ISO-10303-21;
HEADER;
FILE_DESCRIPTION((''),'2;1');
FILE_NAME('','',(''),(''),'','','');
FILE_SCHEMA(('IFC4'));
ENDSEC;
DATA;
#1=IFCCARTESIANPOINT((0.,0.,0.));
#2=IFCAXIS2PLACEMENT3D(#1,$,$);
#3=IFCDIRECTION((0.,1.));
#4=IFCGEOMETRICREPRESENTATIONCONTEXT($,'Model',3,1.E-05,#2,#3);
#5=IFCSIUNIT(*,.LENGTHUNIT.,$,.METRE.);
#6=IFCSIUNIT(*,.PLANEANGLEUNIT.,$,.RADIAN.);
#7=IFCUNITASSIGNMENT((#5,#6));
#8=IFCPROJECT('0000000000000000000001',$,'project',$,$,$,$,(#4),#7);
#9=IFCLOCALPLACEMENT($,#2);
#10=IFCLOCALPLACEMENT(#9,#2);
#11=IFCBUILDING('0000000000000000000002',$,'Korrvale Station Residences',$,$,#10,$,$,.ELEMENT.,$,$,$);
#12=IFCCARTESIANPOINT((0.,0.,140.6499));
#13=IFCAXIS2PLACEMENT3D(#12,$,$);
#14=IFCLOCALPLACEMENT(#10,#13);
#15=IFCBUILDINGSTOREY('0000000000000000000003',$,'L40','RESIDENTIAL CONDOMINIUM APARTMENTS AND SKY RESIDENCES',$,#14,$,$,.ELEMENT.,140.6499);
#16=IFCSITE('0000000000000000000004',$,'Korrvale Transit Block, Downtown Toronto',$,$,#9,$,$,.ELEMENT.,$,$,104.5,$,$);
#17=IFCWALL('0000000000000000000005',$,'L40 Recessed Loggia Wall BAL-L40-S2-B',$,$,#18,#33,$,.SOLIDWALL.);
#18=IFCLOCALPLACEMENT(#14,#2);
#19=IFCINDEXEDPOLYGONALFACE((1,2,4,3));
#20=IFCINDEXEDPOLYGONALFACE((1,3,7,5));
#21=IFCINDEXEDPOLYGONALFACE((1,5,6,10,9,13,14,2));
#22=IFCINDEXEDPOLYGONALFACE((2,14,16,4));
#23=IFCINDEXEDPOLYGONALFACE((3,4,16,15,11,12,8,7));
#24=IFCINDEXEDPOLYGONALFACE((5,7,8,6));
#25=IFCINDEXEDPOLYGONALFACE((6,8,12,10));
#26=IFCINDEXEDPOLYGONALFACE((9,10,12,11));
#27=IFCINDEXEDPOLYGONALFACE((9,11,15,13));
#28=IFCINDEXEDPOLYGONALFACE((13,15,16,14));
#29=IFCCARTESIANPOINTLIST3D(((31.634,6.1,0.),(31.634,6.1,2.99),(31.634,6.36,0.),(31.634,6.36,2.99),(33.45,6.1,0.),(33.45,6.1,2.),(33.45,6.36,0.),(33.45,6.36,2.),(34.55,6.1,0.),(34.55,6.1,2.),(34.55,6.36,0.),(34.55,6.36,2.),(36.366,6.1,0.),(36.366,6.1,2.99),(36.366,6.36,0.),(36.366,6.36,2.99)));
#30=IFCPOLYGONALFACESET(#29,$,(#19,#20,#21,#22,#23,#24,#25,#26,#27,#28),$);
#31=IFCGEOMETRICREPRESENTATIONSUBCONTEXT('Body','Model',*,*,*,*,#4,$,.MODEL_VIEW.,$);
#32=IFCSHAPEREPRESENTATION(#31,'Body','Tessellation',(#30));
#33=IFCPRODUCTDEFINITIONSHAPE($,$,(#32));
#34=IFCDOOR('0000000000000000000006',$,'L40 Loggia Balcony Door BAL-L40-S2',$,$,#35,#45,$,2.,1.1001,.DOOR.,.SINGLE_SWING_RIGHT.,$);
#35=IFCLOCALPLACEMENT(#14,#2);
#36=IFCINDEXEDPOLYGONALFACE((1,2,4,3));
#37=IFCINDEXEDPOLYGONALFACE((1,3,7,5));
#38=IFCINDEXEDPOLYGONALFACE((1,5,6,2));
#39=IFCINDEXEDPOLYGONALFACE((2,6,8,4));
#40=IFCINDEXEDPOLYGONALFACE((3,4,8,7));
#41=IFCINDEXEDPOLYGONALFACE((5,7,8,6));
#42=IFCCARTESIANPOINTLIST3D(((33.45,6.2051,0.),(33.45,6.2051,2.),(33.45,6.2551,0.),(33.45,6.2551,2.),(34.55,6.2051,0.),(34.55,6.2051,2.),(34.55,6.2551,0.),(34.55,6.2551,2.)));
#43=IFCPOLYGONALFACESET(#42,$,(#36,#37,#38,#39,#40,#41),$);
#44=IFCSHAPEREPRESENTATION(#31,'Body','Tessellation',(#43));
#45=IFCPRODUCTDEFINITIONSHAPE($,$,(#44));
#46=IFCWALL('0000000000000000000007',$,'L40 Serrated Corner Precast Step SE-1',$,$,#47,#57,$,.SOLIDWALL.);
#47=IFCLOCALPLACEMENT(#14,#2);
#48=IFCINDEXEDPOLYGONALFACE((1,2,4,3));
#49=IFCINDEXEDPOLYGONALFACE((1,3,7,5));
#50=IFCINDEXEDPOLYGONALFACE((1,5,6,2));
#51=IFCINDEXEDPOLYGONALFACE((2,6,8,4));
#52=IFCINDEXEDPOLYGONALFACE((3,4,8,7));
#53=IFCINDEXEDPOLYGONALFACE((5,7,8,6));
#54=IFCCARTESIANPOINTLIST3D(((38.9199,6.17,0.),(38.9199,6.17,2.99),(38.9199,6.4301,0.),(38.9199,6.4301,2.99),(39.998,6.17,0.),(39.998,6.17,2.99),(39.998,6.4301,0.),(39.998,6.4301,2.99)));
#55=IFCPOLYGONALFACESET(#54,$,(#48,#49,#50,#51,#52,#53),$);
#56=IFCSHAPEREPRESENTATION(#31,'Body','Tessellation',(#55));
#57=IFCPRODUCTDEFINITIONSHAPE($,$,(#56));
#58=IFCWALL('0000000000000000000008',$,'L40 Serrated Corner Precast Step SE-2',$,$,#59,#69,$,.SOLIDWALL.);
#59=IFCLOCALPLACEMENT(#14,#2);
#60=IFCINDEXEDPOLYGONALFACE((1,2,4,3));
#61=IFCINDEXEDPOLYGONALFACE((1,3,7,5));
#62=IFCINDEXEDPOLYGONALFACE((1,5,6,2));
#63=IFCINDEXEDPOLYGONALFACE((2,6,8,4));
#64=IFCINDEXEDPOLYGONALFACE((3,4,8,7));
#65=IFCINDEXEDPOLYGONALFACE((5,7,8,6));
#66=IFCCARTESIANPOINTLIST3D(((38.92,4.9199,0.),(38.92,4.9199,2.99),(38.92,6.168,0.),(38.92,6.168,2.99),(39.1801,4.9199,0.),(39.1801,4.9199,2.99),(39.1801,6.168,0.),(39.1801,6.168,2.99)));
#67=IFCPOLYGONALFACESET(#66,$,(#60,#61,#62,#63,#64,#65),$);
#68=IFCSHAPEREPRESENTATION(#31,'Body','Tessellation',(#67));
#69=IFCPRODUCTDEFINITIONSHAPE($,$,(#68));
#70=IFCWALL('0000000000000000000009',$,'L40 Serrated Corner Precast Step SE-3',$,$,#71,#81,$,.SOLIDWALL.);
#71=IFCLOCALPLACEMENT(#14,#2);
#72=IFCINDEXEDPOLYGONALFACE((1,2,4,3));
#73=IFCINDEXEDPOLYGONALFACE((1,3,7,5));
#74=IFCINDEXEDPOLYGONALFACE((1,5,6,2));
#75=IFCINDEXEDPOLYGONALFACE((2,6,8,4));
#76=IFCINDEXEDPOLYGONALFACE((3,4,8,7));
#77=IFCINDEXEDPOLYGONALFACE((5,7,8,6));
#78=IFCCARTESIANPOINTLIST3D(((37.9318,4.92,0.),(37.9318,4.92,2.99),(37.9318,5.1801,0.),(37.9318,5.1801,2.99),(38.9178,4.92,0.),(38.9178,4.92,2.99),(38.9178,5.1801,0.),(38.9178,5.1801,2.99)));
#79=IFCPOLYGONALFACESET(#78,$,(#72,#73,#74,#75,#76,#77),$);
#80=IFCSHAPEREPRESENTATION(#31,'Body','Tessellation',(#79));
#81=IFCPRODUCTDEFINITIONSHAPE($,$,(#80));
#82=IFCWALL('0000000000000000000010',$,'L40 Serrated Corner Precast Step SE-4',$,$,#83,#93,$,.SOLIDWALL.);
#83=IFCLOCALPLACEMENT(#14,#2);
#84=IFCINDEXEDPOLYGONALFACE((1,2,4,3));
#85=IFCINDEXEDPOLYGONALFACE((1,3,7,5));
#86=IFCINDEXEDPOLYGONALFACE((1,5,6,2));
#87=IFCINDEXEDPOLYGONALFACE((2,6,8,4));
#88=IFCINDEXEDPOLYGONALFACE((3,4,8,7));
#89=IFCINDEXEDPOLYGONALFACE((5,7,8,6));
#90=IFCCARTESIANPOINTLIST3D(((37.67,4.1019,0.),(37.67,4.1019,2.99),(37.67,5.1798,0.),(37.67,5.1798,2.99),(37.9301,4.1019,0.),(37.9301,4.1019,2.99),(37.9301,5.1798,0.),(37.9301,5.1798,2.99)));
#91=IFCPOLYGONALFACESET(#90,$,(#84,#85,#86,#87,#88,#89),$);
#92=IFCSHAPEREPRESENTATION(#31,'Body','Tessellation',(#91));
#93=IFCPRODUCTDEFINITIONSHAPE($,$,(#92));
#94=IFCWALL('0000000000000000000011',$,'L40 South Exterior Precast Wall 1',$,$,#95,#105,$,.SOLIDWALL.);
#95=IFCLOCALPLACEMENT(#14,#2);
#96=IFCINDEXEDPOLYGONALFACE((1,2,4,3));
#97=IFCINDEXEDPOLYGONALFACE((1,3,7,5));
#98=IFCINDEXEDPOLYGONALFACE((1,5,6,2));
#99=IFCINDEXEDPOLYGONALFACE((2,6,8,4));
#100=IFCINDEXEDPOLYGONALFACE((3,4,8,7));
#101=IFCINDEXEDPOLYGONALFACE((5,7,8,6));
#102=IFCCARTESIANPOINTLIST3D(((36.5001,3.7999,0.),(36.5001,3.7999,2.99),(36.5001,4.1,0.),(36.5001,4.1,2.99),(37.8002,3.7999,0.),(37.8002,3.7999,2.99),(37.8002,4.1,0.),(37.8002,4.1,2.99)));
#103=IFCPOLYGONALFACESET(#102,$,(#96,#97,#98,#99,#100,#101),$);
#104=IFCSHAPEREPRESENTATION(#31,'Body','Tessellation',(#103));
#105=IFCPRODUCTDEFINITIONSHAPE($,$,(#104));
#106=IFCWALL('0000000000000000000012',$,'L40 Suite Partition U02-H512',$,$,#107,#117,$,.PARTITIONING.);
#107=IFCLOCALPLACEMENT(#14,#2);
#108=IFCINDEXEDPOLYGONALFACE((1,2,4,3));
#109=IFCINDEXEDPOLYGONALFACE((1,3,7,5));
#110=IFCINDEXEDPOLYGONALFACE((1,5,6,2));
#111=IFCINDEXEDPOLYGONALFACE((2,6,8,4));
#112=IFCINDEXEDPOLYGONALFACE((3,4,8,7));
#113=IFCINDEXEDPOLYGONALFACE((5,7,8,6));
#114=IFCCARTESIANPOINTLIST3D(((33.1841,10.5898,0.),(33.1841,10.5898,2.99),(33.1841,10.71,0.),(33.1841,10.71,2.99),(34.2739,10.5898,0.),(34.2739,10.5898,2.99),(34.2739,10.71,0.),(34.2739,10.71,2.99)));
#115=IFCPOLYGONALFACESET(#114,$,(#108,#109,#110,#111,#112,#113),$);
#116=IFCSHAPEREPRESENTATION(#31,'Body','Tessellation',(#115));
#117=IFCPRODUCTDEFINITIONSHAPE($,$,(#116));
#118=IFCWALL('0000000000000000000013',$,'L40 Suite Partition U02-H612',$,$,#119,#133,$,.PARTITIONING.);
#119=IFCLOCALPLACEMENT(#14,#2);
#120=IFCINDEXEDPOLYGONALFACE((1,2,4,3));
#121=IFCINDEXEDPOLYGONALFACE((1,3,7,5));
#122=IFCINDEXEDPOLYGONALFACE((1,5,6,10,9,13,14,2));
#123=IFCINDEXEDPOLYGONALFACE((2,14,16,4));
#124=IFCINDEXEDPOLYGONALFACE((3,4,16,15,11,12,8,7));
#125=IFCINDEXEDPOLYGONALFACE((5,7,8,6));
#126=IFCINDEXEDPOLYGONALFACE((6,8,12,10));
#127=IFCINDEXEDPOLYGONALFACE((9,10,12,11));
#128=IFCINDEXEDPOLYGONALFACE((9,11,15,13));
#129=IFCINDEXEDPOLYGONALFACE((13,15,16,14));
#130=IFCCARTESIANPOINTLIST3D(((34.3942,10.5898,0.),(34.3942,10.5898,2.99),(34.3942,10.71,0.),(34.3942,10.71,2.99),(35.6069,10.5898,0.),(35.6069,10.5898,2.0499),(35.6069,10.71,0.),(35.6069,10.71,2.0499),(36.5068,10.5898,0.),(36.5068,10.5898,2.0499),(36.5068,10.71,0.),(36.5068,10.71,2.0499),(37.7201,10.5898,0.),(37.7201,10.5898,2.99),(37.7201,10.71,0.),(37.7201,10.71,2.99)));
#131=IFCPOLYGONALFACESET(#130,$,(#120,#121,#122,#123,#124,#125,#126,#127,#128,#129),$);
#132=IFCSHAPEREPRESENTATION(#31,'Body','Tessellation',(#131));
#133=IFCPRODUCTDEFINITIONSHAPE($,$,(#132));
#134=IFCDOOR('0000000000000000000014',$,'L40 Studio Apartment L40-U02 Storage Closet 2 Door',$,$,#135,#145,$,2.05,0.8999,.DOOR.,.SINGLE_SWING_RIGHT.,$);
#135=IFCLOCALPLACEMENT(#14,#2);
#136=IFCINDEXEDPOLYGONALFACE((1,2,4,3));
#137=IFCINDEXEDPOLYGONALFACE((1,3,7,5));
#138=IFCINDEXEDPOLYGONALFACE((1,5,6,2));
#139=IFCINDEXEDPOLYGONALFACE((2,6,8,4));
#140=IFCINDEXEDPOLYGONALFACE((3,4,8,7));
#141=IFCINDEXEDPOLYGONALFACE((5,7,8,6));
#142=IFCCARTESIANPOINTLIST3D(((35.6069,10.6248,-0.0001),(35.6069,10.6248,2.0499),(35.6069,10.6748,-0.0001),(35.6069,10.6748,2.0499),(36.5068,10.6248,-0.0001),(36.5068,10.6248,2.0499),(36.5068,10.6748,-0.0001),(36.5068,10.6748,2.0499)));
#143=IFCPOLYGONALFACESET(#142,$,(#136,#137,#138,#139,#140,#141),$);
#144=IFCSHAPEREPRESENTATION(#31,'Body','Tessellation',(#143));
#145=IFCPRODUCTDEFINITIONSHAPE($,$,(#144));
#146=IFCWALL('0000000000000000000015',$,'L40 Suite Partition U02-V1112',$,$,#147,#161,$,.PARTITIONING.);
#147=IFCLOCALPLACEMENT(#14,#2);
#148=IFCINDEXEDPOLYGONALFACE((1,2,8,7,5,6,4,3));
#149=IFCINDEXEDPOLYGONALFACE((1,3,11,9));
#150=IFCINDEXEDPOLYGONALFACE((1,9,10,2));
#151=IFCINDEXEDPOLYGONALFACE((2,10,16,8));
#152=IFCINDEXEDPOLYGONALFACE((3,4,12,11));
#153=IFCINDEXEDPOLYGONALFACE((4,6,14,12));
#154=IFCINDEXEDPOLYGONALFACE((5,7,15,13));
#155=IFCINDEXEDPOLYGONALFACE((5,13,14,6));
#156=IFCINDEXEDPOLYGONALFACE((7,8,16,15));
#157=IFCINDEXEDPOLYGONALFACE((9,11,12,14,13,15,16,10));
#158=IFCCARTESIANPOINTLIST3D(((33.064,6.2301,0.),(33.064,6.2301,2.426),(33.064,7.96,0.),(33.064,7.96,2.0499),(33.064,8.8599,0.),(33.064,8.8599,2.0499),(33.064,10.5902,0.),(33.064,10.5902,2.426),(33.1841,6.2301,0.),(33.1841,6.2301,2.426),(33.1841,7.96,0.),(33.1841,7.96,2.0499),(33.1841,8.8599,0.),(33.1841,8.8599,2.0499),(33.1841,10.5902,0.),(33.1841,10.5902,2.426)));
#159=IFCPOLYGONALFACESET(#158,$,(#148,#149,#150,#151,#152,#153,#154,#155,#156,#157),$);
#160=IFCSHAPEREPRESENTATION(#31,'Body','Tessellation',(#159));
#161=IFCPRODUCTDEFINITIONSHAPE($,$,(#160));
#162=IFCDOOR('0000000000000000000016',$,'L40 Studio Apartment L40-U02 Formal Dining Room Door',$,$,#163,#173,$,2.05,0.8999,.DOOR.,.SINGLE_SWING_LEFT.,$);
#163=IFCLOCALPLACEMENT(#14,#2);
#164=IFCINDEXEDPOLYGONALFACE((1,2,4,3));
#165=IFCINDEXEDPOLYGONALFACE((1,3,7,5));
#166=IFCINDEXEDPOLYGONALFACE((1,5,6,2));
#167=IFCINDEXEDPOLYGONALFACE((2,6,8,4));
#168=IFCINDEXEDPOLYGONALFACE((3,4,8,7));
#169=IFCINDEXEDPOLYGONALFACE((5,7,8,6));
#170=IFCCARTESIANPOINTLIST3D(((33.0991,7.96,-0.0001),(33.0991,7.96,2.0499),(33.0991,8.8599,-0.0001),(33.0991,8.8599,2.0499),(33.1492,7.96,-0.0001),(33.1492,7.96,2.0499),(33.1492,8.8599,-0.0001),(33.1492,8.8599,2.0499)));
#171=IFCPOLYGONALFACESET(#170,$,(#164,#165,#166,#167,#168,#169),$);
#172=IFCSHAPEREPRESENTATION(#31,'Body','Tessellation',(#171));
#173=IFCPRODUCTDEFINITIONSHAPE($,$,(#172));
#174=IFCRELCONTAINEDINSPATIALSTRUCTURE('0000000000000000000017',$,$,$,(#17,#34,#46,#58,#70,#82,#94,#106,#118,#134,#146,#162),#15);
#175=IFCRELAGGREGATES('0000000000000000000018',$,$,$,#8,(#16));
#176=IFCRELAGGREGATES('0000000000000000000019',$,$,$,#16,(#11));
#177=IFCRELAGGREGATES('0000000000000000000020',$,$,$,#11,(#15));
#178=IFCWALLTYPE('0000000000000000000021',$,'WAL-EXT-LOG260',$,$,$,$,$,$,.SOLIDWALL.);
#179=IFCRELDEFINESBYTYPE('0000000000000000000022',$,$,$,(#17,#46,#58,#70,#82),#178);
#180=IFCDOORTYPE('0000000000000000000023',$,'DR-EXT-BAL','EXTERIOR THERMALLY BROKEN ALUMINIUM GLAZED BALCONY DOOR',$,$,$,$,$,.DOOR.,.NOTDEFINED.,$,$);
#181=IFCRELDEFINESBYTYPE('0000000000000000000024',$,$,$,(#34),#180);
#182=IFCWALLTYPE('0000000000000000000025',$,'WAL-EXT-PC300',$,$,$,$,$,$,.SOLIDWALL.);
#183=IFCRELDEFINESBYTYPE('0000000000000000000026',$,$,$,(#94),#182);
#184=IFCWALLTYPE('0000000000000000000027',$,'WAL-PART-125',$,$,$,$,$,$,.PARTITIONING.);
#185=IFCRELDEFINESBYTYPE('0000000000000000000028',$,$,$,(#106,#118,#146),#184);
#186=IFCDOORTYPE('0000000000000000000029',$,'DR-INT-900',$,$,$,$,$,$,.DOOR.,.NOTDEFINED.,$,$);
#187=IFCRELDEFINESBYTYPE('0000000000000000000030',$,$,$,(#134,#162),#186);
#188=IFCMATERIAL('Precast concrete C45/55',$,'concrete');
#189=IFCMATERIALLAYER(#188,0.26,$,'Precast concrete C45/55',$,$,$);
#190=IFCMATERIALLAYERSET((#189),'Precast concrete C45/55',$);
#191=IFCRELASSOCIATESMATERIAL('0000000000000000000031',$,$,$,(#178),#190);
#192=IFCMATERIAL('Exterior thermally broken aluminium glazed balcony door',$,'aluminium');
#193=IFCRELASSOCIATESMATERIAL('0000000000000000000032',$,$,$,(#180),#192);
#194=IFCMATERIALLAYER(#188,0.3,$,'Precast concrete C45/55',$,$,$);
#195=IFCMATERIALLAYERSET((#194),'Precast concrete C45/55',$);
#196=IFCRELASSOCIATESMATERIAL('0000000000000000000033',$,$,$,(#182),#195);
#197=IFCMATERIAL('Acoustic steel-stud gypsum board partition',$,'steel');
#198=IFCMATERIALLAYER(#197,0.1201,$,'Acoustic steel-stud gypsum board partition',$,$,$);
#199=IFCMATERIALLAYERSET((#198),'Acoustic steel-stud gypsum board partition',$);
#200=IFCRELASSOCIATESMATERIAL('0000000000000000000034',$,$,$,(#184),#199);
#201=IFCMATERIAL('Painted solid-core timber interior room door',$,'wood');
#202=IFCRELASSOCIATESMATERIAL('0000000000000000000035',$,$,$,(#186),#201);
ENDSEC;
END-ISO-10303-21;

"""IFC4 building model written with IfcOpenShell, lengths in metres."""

from ifc_helpers import new_model, si_unit, direction, frame, frame_2d, origin, place, context, subcontext, project, spatial, rectangle, extrude, material, layer, layer_set, type_object, element, fill, save


model = new_model("IFC4")

# Units and contexts
model_context = context("Model", 3, precision=1e-05, world=origin(), true_north=direction((0.0, 1.0)))
body_context = subcontext(model_context, "Body", "Model", "MODEL_VIEW")
ifc_project = project(units=[si_unit("LENGTHUNIT", "METRE"), si_unit("PLANEANGLEUNIT", "RADIAN")], contexts=[model_context])

# Site, building, storey
site_placement = place(None, origin())
site = spatial("IfcSite", under=ifc_project, at=site_placement, Name="Korrvale Transit Block, Downtown Toronto", CompositionType="ELEMENT", RefElevation=104.5)
building_placement = place(site_placement, origin())
building = spatial("IfcBuilding", under=site, at=building_placement, Name="Korrvale Station Residences", CompositionType="ELEMENT")
storey_placement = place(building_placement, frame((0.0, 0.0, 140.6499)))
storey = spatial("IfcBuildingStorey", under=building, at=storey_placement, Name="L40", Description="RESIDENTIAL CONDOMINIUM APARTMENTS AND SKY RESIDENCES", CompositionType="ELEMENT", Elevation=140.6499)

# Shared definitions
ifc_material_1 = material(Name="Precast concrete C45/55", Category="concrete")
ifc_layer_1 = layer(ifc_material_1, 0.26, Name="Precast concrete C45/55")
ifc_layer_set_1 = layer_set([ifc_layer_1], Name="Precast concrete C45/55")
wall_type_1 = type_object("IfcWallType", Name="WAL-EXT-LOG260", PredefinedType="SOLIDWALL", material=ifc_layer_set_1)

# Wall, opening, door
wall_1_placement = place(storey_placement, frame((36.366, 6.23, 0.0), z_axis=(0.0, 0.0, 1.0), x_axis=(-1.0, 0.0, 0.0)))
wall_1 = element("IfcWall", 1, at=wall_1_placement, inside=storey, type_object=wall_type_1, Name="L40 Recessed Loggia Wall BAL-L40-S2-B", PredefinedType="SOLIDWALL", context=body_context, shape_type="SweptSolid", body=[
    extrude(rectangle(XDim=4.7319, YDim=0.26, at=frame_2d((2.366, 0.0))), origin(), (0.0, 0.0, 1.0), 2.99),
])
opening_1_placement = place(wall_1_placement, frame((1.8159, 0.0, 0.0)))
opening_1 = element("IfcOpeningElement", 2, at=opening_1_placement, cuts=wall_1, PredefinedType="OPENING", context=body_context, shape_type="SweptSolid", body=[
    extrude(rectangle(XDim=1.1001, YDim=2.0, at=frame_2d((0.55, 1.0))), frame((0.0, 0.1401, 0.0), z_axis=(0.0, -1.0, 0.0), x_axis=(1.0, 0.0, 0.0)), (0.0, 0.0, 1.0), 0.28),
])
ifc_material_2 = material(Name="Exterior thermally broken aluminium glazed balcony door", Category="aluminium")
door_type_1 = type_object("IfcDoorType", Name="DR-EXT-BAL", Description="EXTERIOR THERMALLY BROKEN ALUMINIUM GLAZED BALCONY DOOR", OperationType="NOTDEFINED", PredefinedType="DOOR", material=ifc_material_2)
door_1_placement = place(opening_1_placement, origin())
door_1 = element("IfcDoor", 3, at=door_1_placement, inside=storey, type_object=door_type_1, Name="L40 Loggia Balcony Door BAL-L40-S2", OperationType="SINGLE_SWING_RIGHT", OverallHeight=2.0, OverallWidth=1.1001, PredefinedType="DOOR", context=body_context, shape_type="SweptSolid", body=[
    extrude(rectangle(XDim=1.1001, YDim=2.0, at=frame_2d((0.55, 1.0))), frame((0.0, 0.0249, 0.0), z_axis=(0.0, -1.0, 0.0), x_axis=(1.0, 0.0, 0.0)), (0.0, 0.0, 1.0), 0.05),
])
fill(opening_1, door_1)

# Walls
wall_2_placement = place(storey_placement, frame((39.998, 6.3, 0.0), z_axis=(0.0, 0.0, 1.0), x_axis=(-1.0, 0.0, 0.0)))
element("IfcWall", 4, at=wall_2_placement, inside=storey, type_object=wall_type_1, Name="L40 Serrated Corner Precast Step SE-1", PredefinedType="SOLIDWALL", context=body_context, shape_type="SweptSolid", body=[
    extrude(rectangle(XDim=1.0781, YDim=0.26, at=frame_2d((0.5391, 0.0))), origin(), (0.0, 0.0, 1.0), 2.99),
])
wall_3_placement = place(storey_placement, frame((39.05, 6.168, 0.0), z_axis=(0.0, 0.0, 1.0), x_axis=(0.0, -1.0, 0.0)))
element("IfcWall", 5, at=wall_3_placement, inside=storey, type_object=wall_type_1, Name="L40 Serrated Corner Precast Step SE-2", PredefinedType="SOLIDWALL", context=body_context, shape_type="SweptSolid", body=[
    extrude(rectangle(XDim=1.248, YDim=0.26, at=frame_2d((0.624, 0.0))), origin(), (0.0, 0.0, 1.0), 2.99),
])
wall_4_placement = place(storey_placement, frame((38.918, 5.05, 0.0), z_axis=(0.0, 0.0, 1.0), x_axis=(-1.0, 0.0, 0.0)))
element("IfcWall", 6, at=wall_4_placement, inside=storey, type_object=wall_type_1, Name="L40 Serrated Corner Precast Step SE-3", PredefinedType="SOLIDWALL", context=body_context, shape_type="SweptSolid", body=[
    extrude(rectangle(XDim=0.9861, YDim=0.26, at=frame_2d((0.4932, 0.0))), origin(), (0.0, 0.0, 1.0), 2.99),
])
wall_5_placement = place(storey_placement, frame((37.8, 5.1799, 0.0), z_axis=(0.0, 0.0, 1.0), x_axis=(0.0, -1.0, 0.0)))
element("IfcWall", 7, at=wall_5_placement, inside=storey, type_object=wall_type_1, Name="L40 Serrated Corner Precast Step SE-4", PredefinedType="SOLIDWALL", context=body_context, shape_type="SweptSolid", body=[
    extrude(rectangle(XDim=1.0779, YDim=0.26, at=frame_2d((0.5391, 0.0))), origin(), (0.0, 0.0, 1.0), 2.99),
])
ifc_layer_2 = layer(ifc_material_1, 0.3, Name="Precast concrete C45/55")
ifc_layer_set_2 = layer_set([ifc_layer_2], Name="Precast concrete C45/55")
wall_type_2 = type_object("IfcWallType", Name="WAL-EXT-PC300", PredefinedType="SOLIDWALL", material=ifc_layer_set_2)
wall_6_placement = place(storey_placement, frame((37.8, 3.95, 0.0), z_axis=(0.0, 0.0, 1.0), x_axis=(-1.0, 0.0, 0.0)))
element("IfcWall", 8, at=wall_6_placement, inside=storey, type_object=wall_type_2, Name="L40 South Exterior Precast Wall 1", PredefinedType="SOLIDWALL", context=body_context, shape_type="SweptSolid", body=[
    extrude(rectangle(XDim=1.3, YDim=0.3, at=frame_2d((0.6499, 0.0))), origin(), (0.0, 0.0, 1.0), 2.99),
])
ifc_material_3 = material(Name="Acoustic steel-stud gypsum board partition", Category="steel")
ifc_layer_3 = layer(ifc_material_3, 0.1201, Name="Acoustic steel-stud gypsum board partition")
ifc_layer_set_3 = layer_set([ifc_layer_3], Name="Acoustic steel-stud gypsum board partition")
wall_type_3 = type_object("IfcWallType", Name="WAL-PART-125", PredefinedType="PARTITIONING", material=ifc_layer_set_3)
wall_7_placement = place(storey_placement, frame((33.1841, 10.6499, 0.0), z_axis=(0.0, 0.0, 1.0), x_axis=(1.0, 0.0, 0.0)))
element("IfcWall", 9, at=wall_7_placement, inside=storey, type_object=wall_type_3, Name="L40 Suite Partition U02-H512", PredefinedType="PARTITIONING", context=body_context, shape_type="SweptSolid", body=[
    extrude(rectangle(XDim=1.0898, YDim=0.1201, at=frame_2d((0.5449, 0.0))), origin(), (0.0, 0.0, 1.0), 2.99),
])

# Walls, openings, doors
wall_8_placement = place(storey_placement, frame((34.394, 10.6499, 0.0), z_axis=(0.0, 0.0, 1.0), x_axis=(1.0, 0.0, 0.0)))
wall_8 = element("IfcWall", 10, at=wall_8_placement, inside=storey, type_object=wall_type_3, Name="L40 Suite Partition U02-H612", PredefinedType="PARTITIONING", context=body_context, shape_type="SweptSolid", body=[
    extrude(rectangle(XDim=3.3259, YDim=0.1201, at=frame_2d((1.6631, 0.0))), origin(), (0.0, 0.0, 1.0), 2.99),
])
opening_2_placement = place(wall_8_placement, frame((1.2129, 0.0, 0.0)))
opening_2 = element("IfcOpeningElement", 11, at=opening_2_placement, cuts=wall_8, PredefinedType="OPENING", context=body_context, shape_type="SweptSolid", body=[
    extrude(rectangle(XDim=0.8999, YDim=2.05, at=frame_2d((0.45, 1.0249))), frame((0.0, 0.0701, 0.0), z_axis=(0.0, -1.0, 0.0), x_axis=(1.0, 0.0, 0.0)), (0.0, 0.0, 1.0), 0.1401),
])
ifc_material_4 = material(Name="Painted solid-core timber interior room door", Category="wood")
door_type_2 = type_object("IfcDoorType", Name="DR-INT-900", OperationType="NOTDEFINED", PredefinedType="DOOR", material=ifc_material_4)
door_2_placement = place(opening_2_placement, origin())
door_2 = element("IfcDoor", 12, at=door_2_placement, inside=storey, type_object=door_type_2, Name="L40 Studio Apartment L40-U02 Storage Closet 2 Door", OperationType="SINGLE_SWING_RIGHT", OverallHeight=2.05, OverallWidth=0.8999, PredefinedType="DOOR", context=body_context, shape_type="SweptSolid", body=[
    extrude(rectangle(XDim=0.8999, YDim=2.05, at=frame_2d((0.45, 1.0249))), frame((0.0, 0.0249, 0.0), z_axis=(0.0, -1.0, 0.0), x_axis=(1.0, 0.0, 0.0)), (0.0, 0.0, 1.0), 0.05),
])
fill(opening_2, door_2)
wall_9_placement = place(storey_placement, frame((33.124, 6.23, 0.0), z_axis=(0.0, 0.0, 1.0), x_axis=(0.0, 1.0, 0.0)))
wall_9 = element("IfcWall", 13, at=wall_9_placement, inside=storey, type_object=wall_type_3, Name="L40 Suite Partition U02-V1112", PredefinedType="PARTITIONING", context=body_context, shape_type="SweptSolid", body=[
    extrude(rectangle(XDim=4.3601, YDim=0.1201, at=frame_2d((2.1802, 0.0))), origin(), (0.0, 0.0, 1.0), 2.426),
])
opening_3_placement = place(wall_9_placement, frame((1.73, 0.0, 0.0)))
opening_3 = element("IfcOpeningElement", 14, at=opening_3_placement, cuts=wall_9, PredefinedType="OPENING", context=body_context, shape_type="SweptSolid", body=[
    extrude(rectangle(XDim=0.8999, YDim=2.05, at=frame_2d((0.45, 1.0249))), frame((0.0, 0.0701, 0.0), z_axis=(0.0, -1.0, 0.0), x_axis=(1.0, 0.0, 0.0)), (0.0, 0.0, 1.0), 0.1401),
])
door_3_placement = place(opening_3_placement, origin())
door_3 = element("IfcDoor", 15, at=door_3_placement, inside=storey, type_object=door_type_2, Name="L40 Studio Apartment L40-U02 Formal Dining Room Door", OperationType="SINGLE_SWING_LEFT", OverallHeight=2.05, OverallWidth=0.8999, PredefinedType="DOOR", context=body_context, shape_type="SweptSolid", body=[
    extrude(rectangle(XDim=0.8999, YDim=2.05, at=frame_2d((0.45, 1.0249))), frame((0.0, 0.0249, 0.0), z_axis=(0.0, -1.0, 0.0), x_axis=(1.0, 0.0, 0.0)), (0.0, 0.0, 1.0), 0.05),
])
fill(opening_3, door_3)

save(model, "model.ifc")
